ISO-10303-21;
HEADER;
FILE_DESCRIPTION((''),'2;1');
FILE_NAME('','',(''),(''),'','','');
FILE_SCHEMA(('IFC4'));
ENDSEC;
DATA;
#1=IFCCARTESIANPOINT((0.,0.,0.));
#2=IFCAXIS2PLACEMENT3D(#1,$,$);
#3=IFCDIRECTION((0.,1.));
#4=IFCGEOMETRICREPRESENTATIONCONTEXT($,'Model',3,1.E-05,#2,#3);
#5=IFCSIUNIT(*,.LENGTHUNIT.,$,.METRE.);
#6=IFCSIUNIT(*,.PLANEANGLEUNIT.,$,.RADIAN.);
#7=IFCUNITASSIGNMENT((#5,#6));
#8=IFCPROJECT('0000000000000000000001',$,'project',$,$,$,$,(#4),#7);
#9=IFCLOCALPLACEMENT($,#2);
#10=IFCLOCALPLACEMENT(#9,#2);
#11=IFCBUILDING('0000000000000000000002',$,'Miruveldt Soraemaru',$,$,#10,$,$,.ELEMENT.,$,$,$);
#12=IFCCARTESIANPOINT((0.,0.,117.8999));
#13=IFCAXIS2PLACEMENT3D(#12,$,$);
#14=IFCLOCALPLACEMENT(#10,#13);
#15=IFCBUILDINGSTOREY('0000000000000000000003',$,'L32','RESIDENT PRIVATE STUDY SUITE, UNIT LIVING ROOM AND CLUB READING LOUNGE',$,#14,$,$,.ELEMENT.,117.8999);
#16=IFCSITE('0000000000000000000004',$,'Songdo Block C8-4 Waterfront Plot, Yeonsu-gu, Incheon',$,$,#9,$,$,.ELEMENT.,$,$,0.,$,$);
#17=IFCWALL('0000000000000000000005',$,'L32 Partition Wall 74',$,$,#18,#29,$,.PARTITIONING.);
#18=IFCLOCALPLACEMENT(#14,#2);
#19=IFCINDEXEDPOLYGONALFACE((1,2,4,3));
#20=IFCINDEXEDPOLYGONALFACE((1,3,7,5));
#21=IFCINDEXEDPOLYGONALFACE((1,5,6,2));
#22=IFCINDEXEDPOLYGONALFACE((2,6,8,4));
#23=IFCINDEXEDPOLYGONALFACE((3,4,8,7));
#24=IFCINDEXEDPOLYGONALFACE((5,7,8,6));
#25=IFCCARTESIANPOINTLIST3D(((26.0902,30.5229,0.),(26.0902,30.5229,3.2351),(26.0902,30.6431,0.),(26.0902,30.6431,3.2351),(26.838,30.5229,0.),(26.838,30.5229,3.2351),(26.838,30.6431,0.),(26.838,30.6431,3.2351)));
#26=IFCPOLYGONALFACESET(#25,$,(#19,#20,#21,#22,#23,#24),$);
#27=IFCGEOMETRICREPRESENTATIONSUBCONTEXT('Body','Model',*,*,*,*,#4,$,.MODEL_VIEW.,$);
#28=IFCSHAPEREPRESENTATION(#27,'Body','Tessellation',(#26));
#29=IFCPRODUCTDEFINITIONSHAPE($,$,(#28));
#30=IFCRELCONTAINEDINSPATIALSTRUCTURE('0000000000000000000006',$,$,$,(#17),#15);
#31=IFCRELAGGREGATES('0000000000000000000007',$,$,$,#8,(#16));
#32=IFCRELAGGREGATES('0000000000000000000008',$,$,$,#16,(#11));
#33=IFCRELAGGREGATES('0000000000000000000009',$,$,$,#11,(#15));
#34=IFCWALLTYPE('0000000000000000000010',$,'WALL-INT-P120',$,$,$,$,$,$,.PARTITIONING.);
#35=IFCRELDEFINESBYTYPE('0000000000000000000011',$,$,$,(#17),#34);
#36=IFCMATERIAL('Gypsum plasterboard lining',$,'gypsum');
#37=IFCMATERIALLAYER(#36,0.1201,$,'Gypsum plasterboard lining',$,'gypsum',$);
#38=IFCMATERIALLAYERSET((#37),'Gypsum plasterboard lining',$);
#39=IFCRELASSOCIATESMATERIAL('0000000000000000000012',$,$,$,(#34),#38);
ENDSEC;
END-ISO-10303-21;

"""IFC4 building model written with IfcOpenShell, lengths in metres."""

from ifc_helpers import new_model, si_unit, direction, frame, frame_2d, origin, place, context, subcontext, project, spatial, rectangle, extrude, material, layer, layer_set, type_object, element, save


model = new_model("IFC4")

# Units and contexts
model_context = context("Model", 3, precision=1e-05, world=origin(), true_north=direction((0.0, 1.0)))
body_context = subcontext(model_context, "Body", "Model", "MODEL_VIEW")
ifc_project = project(units=[si_unit("LENGTHUNIT", "METRE"), si_unit("PLANEANGLEUNIT", "RADIAN")], contexts=[model_context])

# Site, building, storey
site_placement = place(None, origin())
site = spatial("IfcSite", under=ifc_project, at=site_placement, Name="Songdo Block C8-4 Waterfront Plot, Yeonsu-gu, Incheon", CompositionType="ELEMENT", RefElevation=0.0)
building_placement = place(site_placement, origin())
building = spatial("IfcBuilding", under=site, at=building_placement, Name="Miruveldt Soraemaru", CompositionType="ELEMENT")
storey_placement = place(building_placement, frame((0.0, 0.0, 117.8999)))
storey = spatial("IfcBuildingStorey", under=building, at=storey_placement, Name="L32", Description="RESIDENT PRIVATE STUDY SUITE, UNIT LIVING ROOM AND CLUB READING LOUNGE", CompositionType="ELEMENT", Elevation=117.8999)

# Shared definitions
ifc_material_1 = material(Name="Gypsum plasterboard lining", Category="gypsum")
ifc_layer_1 = layer(ifc_material_1, 0.1201, Name="Gypsum plasterboard lining", Category="gypsum")
ifc_layer_set_1 = layer_set([ifc_layer_1], Name="Gypsum plasterboard lining")
wall_type_1 = type_object("IfcWallType", Name="WALL-INT-P120", PredefinedType="PARTITIONING", material=ifc_layer_set_1)

# Wall
wall_1_placement = place(storey_placement, frame((26.0901, 30.583, 0.0), z_axis=(0.0, 0.0, 1.0), x_axis=(1.0, 0.0, 0.0)))
element("IfcWall", 1, at=wall_1_placement, inside=storey, type_object=wall_type_1, Name="L32 Partition Wall 74", PredefinedType="PARTITIONING", context=body_context, shape_type="SweptSolid", body=[
    extrude(rectangle(XDim=0.7478, YDim=0.1201, at=frame_2d((0.374, 0.0))), origin(), (0.0, 0.0, 1.0), 3.2351),
])

save(model, "model.ifc")
